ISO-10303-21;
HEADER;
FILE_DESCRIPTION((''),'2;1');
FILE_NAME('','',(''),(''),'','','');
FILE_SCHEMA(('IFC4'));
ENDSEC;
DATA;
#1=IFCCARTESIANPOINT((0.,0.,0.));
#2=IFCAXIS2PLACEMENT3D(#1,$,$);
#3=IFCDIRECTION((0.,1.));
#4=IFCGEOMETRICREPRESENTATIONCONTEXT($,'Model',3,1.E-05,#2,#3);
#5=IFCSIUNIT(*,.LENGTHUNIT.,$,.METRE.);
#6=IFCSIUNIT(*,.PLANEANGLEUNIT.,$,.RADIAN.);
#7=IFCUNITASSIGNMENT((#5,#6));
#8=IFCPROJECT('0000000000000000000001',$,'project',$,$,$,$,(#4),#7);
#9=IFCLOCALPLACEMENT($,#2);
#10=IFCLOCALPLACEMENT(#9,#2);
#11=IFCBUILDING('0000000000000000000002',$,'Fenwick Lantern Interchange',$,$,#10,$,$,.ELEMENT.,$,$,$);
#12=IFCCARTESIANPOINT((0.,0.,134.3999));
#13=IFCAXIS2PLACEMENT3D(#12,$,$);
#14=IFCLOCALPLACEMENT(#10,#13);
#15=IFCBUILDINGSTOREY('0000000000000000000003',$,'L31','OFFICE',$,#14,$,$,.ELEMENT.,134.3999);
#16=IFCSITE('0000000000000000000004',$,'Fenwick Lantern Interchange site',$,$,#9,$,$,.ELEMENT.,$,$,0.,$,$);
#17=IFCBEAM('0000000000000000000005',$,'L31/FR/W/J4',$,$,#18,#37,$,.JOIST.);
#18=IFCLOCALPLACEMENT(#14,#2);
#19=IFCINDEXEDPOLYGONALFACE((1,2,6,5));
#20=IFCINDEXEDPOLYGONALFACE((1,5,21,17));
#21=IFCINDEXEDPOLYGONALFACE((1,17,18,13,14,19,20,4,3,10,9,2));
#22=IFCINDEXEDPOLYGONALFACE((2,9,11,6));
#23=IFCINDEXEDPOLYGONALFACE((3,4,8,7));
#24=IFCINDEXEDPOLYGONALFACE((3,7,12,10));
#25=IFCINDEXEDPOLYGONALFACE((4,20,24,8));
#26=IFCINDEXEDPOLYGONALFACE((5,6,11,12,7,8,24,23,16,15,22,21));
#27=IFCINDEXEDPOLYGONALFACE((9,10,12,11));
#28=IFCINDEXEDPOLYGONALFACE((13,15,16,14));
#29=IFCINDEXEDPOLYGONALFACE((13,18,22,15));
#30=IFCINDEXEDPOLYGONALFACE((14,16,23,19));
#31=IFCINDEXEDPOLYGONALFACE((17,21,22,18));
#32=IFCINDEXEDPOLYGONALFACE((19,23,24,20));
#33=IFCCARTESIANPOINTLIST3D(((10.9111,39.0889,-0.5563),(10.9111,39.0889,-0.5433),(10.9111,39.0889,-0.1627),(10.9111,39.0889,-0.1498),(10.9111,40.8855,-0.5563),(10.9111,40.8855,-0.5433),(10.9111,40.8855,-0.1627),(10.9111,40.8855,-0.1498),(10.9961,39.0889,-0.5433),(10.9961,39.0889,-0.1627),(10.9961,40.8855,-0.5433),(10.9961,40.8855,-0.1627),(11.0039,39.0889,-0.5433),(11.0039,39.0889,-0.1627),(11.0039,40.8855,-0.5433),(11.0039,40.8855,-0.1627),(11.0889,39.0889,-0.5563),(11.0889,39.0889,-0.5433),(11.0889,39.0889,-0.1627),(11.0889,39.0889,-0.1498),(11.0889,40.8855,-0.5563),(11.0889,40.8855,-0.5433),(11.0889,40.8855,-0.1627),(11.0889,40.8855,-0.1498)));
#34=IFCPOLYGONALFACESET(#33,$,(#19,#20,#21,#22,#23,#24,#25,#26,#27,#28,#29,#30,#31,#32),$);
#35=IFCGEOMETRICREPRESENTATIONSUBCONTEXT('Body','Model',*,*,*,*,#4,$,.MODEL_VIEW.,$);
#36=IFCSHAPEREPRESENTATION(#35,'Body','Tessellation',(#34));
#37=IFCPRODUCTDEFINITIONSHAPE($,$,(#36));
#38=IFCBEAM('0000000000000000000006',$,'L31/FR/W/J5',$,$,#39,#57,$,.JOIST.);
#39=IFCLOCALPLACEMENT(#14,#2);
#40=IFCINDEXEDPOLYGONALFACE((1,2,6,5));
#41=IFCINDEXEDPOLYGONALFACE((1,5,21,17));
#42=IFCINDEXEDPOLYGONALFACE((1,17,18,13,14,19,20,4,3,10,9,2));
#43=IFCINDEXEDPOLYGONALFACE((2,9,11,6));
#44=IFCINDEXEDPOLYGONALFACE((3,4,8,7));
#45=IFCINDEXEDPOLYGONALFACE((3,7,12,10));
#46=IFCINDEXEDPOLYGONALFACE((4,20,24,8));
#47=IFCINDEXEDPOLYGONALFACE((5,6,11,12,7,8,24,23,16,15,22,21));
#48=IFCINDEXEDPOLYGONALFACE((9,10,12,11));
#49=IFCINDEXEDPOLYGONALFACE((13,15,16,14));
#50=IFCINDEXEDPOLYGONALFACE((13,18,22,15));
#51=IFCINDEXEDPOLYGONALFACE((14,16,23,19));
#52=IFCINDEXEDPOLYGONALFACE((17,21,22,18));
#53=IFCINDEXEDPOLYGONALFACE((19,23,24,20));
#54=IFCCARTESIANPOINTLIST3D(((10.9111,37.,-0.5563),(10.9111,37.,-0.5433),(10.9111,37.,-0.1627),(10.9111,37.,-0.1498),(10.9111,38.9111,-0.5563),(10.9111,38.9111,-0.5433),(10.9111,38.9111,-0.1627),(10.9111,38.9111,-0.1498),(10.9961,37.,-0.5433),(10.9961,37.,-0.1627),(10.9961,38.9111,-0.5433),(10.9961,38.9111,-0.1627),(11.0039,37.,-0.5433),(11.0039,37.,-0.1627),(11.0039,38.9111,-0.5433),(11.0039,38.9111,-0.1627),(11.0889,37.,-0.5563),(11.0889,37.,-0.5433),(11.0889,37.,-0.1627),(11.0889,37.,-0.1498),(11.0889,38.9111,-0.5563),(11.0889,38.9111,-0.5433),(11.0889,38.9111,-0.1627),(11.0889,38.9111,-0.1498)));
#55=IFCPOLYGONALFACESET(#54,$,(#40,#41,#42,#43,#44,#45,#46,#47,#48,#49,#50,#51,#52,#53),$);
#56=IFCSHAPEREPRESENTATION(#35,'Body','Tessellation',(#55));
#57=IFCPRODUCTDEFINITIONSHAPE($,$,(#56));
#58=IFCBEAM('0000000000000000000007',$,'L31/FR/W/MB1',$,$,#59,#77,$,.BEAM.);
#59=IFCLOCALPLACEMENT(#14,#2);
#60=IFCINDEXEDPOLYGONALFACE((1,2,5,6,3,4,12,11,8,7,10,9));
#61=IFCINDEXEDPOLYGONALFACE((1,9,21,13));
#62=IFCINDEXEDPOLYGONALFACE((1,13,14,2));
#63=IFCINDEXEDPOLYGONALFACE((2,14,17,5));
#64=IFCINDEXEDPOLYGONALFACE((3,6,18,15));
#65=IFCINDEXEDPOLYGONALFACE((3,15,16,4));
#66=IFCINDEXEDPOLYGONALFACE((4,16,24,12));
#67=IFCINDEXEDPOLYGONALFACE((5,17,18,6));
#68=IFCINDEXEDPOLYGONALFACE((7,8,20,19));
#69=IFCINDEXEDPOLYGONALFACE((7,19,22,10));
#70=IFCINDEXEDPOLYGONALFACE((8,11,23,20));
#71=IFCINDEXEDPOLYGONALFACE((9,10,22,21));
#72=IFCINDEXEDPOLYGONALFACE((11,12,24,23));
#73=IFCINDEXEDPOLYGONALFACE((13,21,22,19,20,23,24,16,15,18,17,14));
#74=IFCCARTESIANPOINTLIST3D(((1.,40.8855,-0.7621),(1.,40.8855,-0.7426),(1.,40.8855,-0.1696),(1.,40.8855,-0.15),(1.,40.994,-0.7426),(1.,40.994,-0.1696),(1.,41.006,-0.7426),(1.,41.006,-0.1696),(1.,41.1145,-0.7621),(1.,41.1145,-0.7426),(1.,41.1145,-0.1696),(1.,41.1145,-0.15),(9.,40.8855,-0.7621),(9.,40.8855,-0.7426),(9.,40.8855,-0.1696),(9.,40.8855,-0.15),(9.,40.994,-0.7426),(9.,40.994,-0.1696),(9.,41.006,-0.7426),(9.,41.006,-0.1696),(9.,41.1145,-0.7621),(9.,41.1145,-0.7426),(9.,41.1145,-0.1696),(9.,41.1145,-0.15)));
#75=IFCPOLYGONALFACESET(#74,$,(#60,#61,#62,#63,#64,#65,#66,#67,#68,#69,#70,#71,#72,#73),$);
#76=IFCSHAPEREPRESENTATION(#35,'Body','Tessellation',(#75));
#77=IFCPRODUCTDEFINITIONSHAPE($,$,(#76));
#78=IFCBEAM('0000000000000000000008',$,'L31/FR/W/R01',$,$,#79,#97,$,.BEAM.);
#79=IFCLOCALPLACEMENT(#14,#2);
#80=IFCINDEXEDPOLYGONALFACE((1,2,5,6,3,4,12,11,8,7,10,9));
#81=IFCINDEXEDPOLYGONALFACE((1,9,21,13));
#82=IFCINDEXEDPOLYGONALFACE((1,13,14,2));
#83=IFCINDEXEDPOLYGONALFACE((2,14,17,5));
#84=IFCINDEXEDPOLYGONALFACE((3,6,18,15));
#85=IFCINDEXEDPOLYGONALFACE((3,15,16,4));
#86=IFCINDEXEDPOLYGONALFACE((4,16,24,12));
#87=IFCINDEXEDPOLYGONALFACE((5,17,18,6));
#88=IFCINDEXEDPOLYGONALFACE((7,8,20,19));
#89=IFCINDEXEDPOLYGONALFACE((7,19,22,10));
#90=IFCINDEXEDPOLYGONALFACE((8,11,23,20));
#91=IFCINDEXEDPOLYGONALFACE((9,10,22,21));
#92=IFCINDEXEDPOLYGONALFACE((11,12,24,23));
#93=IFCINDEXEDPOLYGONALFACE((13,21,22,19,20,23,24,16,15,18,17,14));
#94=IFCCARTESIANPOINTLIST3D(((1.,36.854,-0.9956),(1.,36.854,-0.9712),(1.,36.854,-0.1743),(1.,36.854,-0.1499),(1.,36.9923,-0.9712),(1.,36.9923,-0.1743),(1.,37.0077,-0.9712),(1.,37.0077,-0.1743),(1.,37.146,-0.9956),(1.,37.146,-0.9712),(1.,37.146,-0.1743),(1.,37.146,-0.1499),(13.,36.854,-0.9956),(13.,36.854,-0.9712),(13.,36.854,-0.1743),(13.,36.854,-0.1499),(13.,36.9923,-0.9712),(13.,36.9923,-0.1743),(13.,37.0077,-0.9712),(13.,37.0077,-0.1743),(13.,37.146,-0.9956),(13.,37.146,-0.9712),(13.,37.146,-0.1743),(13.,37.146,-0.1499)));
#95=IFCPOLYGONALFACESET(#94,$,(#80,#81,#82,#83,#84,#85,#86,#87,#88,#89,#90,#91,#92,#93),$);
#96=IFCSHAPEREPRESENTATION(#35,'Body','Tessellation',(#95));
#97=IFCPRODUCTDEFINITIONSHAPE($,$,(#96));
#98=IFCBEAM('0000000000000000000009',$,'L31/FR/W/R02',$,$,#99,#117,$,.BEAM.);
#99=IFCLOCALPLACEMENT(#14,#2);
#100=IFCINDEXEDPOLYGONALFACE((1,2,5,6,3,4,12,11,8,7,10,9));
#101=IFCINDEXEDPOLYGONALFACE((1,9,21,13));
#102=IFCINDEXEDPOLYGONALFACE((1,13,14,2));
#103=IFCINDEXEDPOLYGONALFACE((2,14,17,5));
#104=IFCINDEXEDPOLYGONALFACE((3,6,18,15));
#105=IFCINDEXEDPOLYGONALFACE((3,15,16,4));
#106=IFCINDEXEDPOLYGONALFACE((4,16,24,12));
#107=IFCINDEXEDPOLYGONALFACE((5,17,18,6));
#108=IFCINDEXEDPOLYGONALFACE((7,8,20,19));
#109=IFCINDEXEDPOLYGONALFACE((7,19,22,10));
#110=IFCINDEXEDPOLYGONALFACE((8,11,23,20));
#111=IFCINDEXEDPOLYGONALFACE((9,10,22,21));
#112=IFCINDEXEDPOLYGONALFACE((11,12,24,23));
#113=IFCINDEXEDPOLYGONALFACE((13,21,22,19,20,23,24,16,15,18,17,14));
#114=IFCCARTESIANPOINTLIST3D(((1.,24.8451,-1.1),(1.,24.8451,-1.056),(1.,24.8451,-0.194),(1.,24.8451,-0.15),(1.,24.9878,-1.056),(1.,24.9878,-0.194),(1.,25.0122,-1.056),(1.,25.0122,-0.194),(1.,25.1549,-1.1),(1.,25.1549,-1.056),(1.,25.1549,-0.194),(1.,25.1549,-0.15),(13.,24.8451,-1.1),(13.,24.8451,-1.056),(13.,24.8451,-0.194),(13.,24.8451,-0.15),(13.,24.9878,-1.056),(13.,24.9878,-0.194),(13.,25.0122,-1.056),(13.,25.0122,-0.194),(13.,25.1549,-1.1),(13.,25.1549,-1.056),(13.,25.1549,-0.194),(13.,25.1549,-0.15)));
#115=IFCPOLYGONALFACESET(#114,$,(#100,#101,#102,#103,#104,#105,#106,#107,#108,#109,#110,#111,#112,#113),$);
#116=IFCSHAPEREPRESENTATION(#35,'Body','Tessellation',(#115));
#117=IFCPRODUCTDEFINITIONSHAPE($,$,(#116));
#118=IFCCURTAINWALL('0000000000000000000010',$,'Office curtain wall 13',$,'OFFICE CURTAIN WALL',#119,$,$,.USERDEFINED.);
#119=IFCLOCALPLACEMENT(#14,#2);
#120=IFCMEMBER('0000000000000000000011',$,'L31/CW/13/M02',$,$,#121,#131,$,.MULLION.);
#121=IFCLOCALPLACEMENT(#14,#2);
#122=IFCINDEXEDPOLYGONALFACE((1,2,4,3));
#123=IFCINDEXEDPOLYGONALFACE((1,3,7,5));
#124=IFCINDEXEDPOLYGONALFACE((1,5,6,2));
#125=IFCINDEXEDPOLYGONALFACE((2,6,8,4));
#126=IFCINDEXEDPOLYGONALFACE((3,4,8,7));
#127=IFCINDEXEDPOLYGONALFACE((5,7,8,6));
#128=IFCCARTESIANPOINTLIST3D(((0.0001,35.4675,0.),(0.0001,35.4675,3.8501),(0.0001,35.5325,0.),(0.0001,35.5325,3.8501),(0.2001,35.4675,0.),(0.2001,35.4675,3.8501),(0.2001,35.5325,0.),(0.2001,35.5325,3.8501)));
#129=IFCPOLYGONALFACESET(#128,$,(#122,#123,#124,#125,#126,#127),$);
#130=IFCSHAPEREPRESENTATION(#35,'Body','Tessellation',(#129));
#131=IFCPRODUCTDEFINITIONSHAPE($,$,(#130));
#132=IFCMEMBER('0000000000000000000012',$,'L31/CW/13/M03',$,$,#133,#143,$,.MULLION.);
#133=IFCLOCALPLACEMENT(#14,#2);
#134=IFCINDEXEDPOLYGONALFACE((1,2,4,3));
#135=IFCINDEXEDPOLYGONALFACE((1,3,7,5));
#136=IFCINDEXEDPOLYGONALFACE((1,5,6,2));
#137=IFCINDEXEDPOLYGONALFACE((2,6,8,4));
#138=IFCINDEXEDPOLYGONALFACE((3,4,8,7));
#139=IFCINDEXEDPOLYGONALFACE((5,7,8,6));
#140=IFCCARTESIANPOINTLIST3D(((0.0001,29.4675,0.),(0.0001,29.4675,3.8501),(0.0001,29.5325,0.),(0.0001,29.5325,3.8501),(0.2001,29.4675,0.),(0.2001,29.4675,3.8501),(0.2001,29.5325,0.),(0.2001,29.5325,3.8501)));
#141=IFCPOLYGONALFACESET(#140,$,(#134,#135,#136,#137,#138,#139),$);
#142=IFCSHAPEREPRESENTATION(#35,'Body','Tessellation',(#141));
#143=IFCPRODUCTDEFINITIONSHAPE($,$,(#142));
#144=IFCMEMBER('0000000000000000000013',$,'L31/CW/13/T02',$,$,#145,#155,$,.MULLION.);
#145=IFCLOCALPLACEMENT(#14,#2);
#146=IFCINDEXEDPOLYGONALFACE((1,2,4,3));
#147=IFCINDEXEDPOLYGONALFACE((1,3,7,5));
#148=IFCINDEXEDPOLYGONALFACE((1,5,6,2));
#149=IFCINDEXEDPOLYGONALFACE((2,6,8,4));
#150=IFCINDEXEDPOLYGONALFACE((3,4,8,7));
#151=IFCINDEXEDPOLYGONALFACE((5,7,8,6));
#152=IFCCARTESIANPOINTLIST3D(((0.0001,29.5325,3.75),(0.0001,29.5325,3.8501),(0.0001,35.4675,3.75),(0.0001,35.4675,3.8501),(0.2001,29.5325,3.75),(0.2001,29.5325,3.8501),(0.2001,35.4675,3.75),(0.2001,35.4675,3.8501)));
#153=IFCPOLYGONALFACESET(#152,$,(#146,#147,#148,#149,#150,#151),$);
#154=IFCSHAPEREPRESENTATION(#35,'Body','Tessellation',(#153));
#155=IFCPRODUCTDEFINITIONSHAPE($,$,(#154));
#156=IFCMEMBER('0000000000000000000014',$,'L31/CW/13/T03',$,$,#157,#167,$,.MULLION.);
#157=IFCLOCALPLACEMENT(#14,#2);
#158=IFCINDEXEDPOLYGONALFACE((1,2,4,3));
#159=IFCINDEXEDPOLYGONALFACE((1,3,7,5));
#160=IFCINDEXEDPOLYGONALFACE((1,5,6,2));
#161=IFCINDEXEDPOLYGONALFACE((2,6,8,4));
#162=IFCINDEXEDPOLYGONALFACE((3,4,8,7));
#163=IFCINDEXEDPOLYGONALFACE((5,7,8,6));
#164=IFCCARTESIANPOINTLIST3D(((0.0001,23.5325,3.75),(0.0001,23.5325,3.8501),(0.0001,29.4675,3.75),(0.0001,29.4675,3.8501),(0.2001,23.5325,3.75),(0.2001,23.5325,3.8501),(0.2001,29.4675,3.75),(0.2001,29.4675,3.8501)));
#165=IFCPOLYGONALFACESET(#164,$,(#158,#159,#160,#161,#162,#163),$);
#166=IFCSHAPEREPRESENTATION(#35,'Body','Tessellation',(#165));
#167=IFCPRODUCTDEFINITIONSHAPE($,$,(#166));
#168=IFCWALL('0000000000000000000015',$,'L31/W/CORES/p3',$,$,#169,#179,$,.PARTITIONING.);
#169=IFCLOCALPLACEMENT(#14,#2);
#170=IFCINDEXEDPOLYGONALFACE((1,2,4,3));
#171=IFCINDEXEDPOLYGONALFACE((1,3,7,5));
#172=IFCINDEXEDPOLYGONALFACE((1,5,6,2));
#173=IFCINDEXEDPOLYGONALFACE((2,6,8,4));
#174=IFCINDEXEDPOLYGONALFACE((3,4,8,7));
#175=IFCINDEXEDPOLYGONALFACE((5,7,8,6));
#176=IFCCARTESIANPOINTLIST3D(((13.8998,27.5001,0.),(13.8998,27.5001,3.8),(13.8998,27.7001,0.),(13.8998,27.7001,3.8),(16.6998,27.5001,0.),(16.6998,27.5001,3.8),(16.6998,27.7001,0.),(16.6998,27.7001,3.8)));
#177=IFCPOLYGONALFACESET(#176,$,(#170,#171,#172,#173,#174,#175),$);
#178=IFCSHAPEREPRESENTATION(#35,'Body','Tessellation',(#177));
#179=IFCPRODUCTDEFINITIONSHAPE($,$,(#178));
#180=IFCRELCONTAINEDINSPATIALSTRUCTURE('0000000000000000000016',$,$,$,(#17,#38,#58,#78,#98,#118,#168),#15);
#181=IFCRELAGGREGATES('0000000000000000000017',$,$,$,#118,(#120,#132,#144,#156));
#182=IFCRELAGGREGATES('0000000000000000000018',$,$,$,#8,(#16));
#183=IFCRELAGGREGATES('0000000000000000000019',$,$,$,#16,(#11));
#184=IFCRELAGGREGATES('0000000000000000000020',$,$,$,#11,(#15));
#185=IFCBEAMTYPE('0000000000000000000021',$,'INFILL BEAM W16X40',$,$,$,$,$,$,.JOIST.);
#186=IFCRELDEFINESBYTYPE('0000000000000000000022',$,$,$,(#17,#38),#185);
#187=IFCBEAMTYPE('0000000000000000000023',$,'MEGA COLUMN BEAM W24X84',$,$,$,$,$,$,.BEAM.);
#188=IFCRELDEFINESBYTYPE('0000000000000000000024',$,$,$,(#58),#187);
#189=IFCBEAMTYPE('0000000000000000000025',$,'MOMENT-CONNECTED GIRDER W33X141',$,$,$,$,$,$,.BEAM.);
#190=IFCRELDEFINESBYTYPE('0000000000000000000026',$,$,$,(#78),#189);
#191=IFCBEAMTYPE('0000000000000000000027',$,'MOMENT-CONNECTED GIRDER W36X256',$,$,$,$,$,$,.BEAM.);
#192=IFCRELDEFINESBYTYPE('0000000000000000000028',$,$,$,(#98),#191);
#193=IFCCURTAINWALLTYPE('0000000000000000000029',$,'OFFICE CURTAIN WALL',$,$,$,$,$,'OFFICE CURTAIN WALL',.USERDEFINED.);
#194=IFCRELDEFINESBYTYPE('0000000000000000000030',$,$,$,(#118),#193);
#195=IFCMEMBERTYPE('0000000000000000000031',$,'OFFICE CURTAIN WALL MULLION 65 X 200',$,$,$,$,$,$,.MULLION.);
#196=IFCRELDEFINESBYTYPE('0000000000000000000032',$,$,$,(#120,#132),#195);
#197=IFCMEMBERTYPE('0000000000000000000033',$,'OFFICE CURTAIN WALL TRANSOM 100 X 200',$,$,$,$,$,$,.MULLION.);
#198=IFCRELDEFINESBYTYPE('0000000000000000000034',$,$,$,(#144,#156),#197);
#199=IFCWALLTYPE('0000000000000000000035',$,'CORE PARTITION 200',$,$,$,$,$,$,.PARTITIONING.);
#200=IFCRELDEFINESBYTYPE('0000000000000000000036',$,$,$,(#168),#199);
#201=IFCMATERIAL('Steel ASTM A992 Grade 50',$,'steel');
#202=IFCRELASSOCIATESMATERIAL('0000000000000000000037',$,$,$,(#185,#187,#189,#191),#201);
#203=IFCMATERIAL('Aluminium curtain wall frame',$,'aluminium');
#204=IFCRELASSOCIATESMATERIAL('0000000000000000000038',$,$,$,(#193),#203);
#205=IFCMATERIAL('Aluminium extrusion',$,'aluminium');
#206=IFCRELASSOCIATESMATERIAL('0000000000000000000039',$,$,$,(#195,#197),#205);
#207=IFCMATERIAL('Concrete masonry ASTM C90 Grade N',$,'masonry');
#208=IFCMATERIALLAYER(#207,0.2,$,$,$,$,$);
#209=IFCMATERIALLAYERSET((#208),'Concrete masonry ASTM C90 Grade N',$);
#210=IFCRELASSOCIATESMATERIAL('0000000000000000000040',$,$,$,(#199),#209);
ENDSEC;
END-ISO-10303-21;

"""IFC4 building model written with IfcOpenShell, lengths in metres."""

from ifc_helpers import new_model, si_unit, direction, frame, frame_2d, origin, origin_2d, place, context, subcontext, project, spatial, rectangle, i_section, extrude, material, layer, layer_set, material_profile, profile_set, type_object, element, aggregate, save


model = new_model("IFC4")

# Units and contexts
model_context = context("Model", 3, precision=1e-05, world=origin(), true_north=direction((0.0, 1.0)))
body_context = subcontext(model_context, "Body", "Model", "MODEL_VIEW")
ifc_project = project(units=[si_unit("LENGTHUNIT", "METRE"), si_unit("PLANEANGLEUNIT", "RADIAN")], contexts=[model_context])

# Site, building, storey
site_placement = place(None, origin())
site = spatial("IfcSite", under=ifc_project, at=site_placement, Name="Fenwick Lantern Interchange site", CompositionType="ELEMENT", RefElevation=0.0)
building_placement = place(site_placement, origin())
building = spatial("IfcBuilding", under=site, at=building_placement, Name="Fenwick Lantern Interchange", CompositionType="ELEMENT")
storey_placement = place(building_placement, frame((0.0, 0.0, 134.3999)))
storey = spatial("IfcBuildingStorey", under=building, at=storey_placement, Name="L31", Description="OFFICE", CompositionType="ELEMENT", Elevation=134.3999)

# Beams
ifc_material_1 = material(Name="Steel ASTM A992 Grade 50", Category="steel")
ifc_material_profile_1 = material_profile(ifc_material_1, i_section(OverallWidth=0.1777, OverallDepth=0.4065, WebThickness=0.0078, FlangeThickness=0.0129, at=origin_2d()), Name="W16X40")
ifc_profile_set_1 = profile_set([ifc_material_profile_1], Name="Steel ASTM A992 Grade 50")
beam_type_1 = type_object("IfcBeamType", Name="INFILL BEAM W16X40", PredefinedType="JOIST", material=ifc_profile_set_1)
beam_1_placement = place(storey_placement, frame((11.0, 40.8855, -0.353), z_axis=(0.0, -1.0, 0.0), x_axis=(1.0, 0.0, 0.0)))
element("IfcBeam", 1, at=beam_1_placement, inside=storey, type_object=beam_type_1, Name="L31/FR/W/J4", PredefinedType="JOIST", context=body_context, shape_type="SweptSolid", body=[
    extrude(i_section(OverallWidth=0.1777, OverallDepth=0.4065, WebThickness=0.0078, FlangeThickness=0.0129, at=origin_2d()), origin(), (0.0, 0.0, 1.0), 1.7966),
])
beam_2_placement = place(storey_placement, frame((11.0, 38.9111, -0.353), z_axis=(0.0, -1.0, 0.0), x_axis=(1.0, 0.0, 0.0)))
element("IfcBeam", 2, at=beam_2_placement, inside=storey, type_object=beam_type_1, Name="L31/FR/W/J5", PredefinedType="JOIST", context=body_context, shape_type="SweptSolid", body=[
    extrude(i_section(OverallWidth=0.1777, OverallDepth=0.4065, WebThickness=0.0078, FlangeThickness=0.0129, at=origin_2d()), origin(), (0.0, 0.0, 1.0), 1.9111),
])
ifc_material_profile_2 = material_profile(ifc_material_1, i_section(OverallWidth=0.229, OverallDepth=0.6121, WebThickness=0.012, FlangeThickness=0.0195, at=origin_2d()), Name="W24X84")
ifc_profile_set_2 = profile_set([ifc_material_profile_2], Name="Steel ASTM A992 Grade 50")
beam_type_2 = type_object("IfcBeamType", Name="MEGA COLUMN BEAM W24X84", PredefinedType="BEAM", material=ifc_profile_set_2)
beam_3_placement = place(storey_placement, frame((9.0, 41.0, -0.4561), z_axis=(-1.0, 0.0, 0.0), x_axis=(0.0, -1.0, 0.0)))
element("IfcBeam", 3, at=beam_3_placement, inside=storey, type_object=beam_type_2, Name="L31/FR/W/MB1", PredefinedType="BEAM", context=body_context, shape_type="SweptSolid", body=[
    extrude(i_section(OverallWidth=0.229, OverallDepth=0.6121, WebThickness=0.012, FlangeThickness=0.0195, at=origin_2d()), origin(), (0.0, 0.0, 1.0), 8.0),
])
ifc_material_profile_3 = material_profile(ifc_material_1, i_section(OverallWidth=0.292, OverallDepth=0.8457, WebThickness=0.0154, FlangeThickness=0.0244, at=origin_2d()), Name="W33X141")
ifc_profile_set_3 = profile_set([ifc_material_profile_3], Name="Steel ASTM A992 Grade 50")
beam_type_3 = type_object("IfcBeamType", Name="MOMENT-CONNECTED GIRDER W33X141", PredefinedType="BEAM", material=ifc_profile_set_3)
beam_4_placement = place(storey_placement, frame((1.0, 37.0, -0.5728), z_axis=(1.0, 0.0, 0.0), x_axis=(0.0, 1.0, 0.0)))
element("IfcBeam", 4, at=beam_4_placement, inside=storey, type_object=beam_type_3, Name="L31/FR/W/R01", PredefinedType="BEAM", context=body_context, shape_type="SweptSolid", body=[
    extrude(i_section(OverallWidth=0.292, OverallDepth=0.8457, WebThickness=0.0154, FlangeThickness=0.0244, at=origin_2d()), origin(), (0.0, 0.0, 1.0), 12.0),
])
ifc_material_profile_4 = material_profile(ifc_material_1, i_section(OverallWidth=0.3098, OverallDepth=0.95, WebThickness=0.0244, FlangeThickness=0.0439, at=origin_2d()), Name="W36X256")
ifc_profile_set_4 = profile_set([ifc_material_profile_4], Name="Steel ASTM A992 Grade 50")
beam_type_4 = type_object("IfcBeamType", Name="MOMENT-CONNECTED GIRDER W36X256", PredefinedType="BEAM", material=ifc_profile_set_4)
beam_5_placement = place(storey_placement, frame((1.0, 25.0, -0.625), z_axis=(1.0, 0.0, 0.0), x_axis=(0.0, 1.0, 0.0)))
element("IfcBeam", 5, at=beam_5_placement, inside=storey, type_object=beam_type_4, Name="L31/FR/W/R02", PredefinedType="BEAM", context=body_context, shape_type="SweptSolid", body=[
    extrude(i_section(OverallWidth=0.3098, OverallDepth=0.95, WebThickness=0.0244, FlangeThickness=0.0439, at=origin_2d()), origin(), (0.0, 0.0, 1.0), 12.0),
])

# Curtain wall, members
ifc_material_2 = material(Name="Aluminium curtain wall frame", Category="aluminium")
curtain_wall_type = type_object("IfcCurtainWallType", Name="OFFICE CURTAIN WALL", ElementType="OFFICE CURTAIN WALL", PredefinedType="USERDEFINED", material=ifc_material_2)
curtain_wall_placement = place(storey_placement, origin())
curtain_wall = element("IfcCurtainWall", 6, at=curtain_wall_placement, inside=storey, type_object=curtain_wall_type, Name="Office curtain wall 13", ObjectType="OFFICE CURTAIN WALL", PredefinedType="USERDEFINED")
ifc_material_3 = material(Name="Aluminium extrusion", Category="aluminium")
ifc_material_profile_5 = material_profile(ifc_material_3, rectangle(XDim=0.2, YDim=0.0649, at=origin_2d()), Name="OFFICE CURTAIN WALL MULLION 65 X 200")
ifc_profile_set_5 = profile_set([ifc_material_profile_5], Name="Aluminium extrusion")
member_type_1 = type_object("IfcMemberType", Name="OFFICE CURTAIN WALL MULLION 65 X 200", PredefinedType="MULLION", material=ifc_profile_set_5)
member_1_placement = place(storey_placement, frame((0.1001, 35.5, 0.0), z_axis=(0.0, 0.0, 1.0), x_axis=(1.0, 0.0, 0.0)))
member_1 = element("IfcMember", 7, at=member_1_placement, type_object=member_type_1, Name="L31/CW/13/M02", PredefinedType="MULLION", context=body_context, shape_type="SweptSolid", body=[
    extrude(rectangle(XDim=0.2, YDim=0.0649, at=origin_2d()), origin(), (0.0, 0.0, 1.0), 3.8501),
])
member_2_placement = place(storey_placement, frame((0.1001, 29.5, 0.0), z_axis=(0.0, 0.0, 1.0), x_axis=(1.0, 0.0, 0.0)))
member_2 = element("IfcMember", 8, at=member_2_placement, type_object=member_type_1, Name="L31/CW/13/M03", PredefinedType="MULLION", context=body_context, shape_type="SweptSolid", body=[
    extrude(rectangle(XDim=0.2, YDim=0.0649, at=origin_2d()), origin(), (0.0, 0.0, 1.0), 3.8501),
])
ifc_material_profile_6 = material_profile(ifc_material_3, rectangle(XDim=0.2, YDim=0.1001, at=origin_2d()), Name="OFFICE CURTAIN WALL TRANSOM 100 X 200")
ifc_profile_set_6 = profile_set([ifc_material_profile_6], Name="Aluminium extrusion")
member_type_2 = type_object("IfcMemberType", Name="OFFICE CURTAIN WALL TRANSOM 100 X 200", PredefinedType="MULLION", material=ifc_profile_set_6)
member_3_placement = place(storey_placement, frame((0.1001, 35.4675, 3.8), z_axis=(0.0, -1.0, 0.0), x_axis=(1.0, 0.0, 0.0)))
member_3 = element("IfcMember", 9, at=member_3_placement, type_object=member_type_2, Name="L31/CW/13/T02", PredefinedType="MULLION", context=body_context, shape_type="SweptSolid", body=[
    extrude(rectangle(XDim=0.2, YDim=0.1001, at=origin_2d()), origin(), (0.0, 0.0, 1.0), 5.9351),
])
member_4_placement = place(storey_placement, frame((0.1001, 29.4675, 3.8), z_axis=(0.0, -1.0, 0.0), x_axis=(1.0, 0.0, 0.0)))
member_4 = element("IfcMember", 10, at=member_4_placement, type_object=member_type_2, Name="L31/CW/13/T03", PredefinedType="MULLION", context=body_context, shape_type="SweptSolid", body=[
    extrude(rectangle(XDim=0.2, YDim=0.1001, at=origin_2d()), origin(), (0.0, 0.0, 1.0), 5.9351),
])
aggregate(curtain_wall, [member_1, member_2, member_3, member_4])

# Wall
ifc_material_4 = material(Name="Concrete masonry ASTM C90 Grade N", Category="masonry")
ifc_layer_1 = layer(ifc_material_4, 0.2)
ifc_layer_set_1 = layer_set([ifc_layer_1], Name="Concrete masonry ASTM C90 Grade N")
wall_type_1 = type_object("IfcWallType", Name="CORE PARTITION 200", PredefinedType="PARTITIONING", material=ifc_layer_set_1)
wall_1_placement = place(storey_placement, frame((13.8999, 27.6001, 0.0), z_axis=(0.0, 0.0, 1.0), x_axis=(1.0, 0.0, 0.0)))
element("IfcWall", 11, at=wall_1_placement, inside=storey, type_object=wall_type_1, Name="L31/W/CORES/p3", PredefinedType="PARTITIONING", context=body_context, shape_type="SweptSolid", body=[
    extrude(rectangle(XDim=2.8, YDim=0.2, at=frame_2d((1.3999, 0.0))), origin(), (0.0, 0.0, 1.0), 3.8),
])

save(model, "model.ifc")
